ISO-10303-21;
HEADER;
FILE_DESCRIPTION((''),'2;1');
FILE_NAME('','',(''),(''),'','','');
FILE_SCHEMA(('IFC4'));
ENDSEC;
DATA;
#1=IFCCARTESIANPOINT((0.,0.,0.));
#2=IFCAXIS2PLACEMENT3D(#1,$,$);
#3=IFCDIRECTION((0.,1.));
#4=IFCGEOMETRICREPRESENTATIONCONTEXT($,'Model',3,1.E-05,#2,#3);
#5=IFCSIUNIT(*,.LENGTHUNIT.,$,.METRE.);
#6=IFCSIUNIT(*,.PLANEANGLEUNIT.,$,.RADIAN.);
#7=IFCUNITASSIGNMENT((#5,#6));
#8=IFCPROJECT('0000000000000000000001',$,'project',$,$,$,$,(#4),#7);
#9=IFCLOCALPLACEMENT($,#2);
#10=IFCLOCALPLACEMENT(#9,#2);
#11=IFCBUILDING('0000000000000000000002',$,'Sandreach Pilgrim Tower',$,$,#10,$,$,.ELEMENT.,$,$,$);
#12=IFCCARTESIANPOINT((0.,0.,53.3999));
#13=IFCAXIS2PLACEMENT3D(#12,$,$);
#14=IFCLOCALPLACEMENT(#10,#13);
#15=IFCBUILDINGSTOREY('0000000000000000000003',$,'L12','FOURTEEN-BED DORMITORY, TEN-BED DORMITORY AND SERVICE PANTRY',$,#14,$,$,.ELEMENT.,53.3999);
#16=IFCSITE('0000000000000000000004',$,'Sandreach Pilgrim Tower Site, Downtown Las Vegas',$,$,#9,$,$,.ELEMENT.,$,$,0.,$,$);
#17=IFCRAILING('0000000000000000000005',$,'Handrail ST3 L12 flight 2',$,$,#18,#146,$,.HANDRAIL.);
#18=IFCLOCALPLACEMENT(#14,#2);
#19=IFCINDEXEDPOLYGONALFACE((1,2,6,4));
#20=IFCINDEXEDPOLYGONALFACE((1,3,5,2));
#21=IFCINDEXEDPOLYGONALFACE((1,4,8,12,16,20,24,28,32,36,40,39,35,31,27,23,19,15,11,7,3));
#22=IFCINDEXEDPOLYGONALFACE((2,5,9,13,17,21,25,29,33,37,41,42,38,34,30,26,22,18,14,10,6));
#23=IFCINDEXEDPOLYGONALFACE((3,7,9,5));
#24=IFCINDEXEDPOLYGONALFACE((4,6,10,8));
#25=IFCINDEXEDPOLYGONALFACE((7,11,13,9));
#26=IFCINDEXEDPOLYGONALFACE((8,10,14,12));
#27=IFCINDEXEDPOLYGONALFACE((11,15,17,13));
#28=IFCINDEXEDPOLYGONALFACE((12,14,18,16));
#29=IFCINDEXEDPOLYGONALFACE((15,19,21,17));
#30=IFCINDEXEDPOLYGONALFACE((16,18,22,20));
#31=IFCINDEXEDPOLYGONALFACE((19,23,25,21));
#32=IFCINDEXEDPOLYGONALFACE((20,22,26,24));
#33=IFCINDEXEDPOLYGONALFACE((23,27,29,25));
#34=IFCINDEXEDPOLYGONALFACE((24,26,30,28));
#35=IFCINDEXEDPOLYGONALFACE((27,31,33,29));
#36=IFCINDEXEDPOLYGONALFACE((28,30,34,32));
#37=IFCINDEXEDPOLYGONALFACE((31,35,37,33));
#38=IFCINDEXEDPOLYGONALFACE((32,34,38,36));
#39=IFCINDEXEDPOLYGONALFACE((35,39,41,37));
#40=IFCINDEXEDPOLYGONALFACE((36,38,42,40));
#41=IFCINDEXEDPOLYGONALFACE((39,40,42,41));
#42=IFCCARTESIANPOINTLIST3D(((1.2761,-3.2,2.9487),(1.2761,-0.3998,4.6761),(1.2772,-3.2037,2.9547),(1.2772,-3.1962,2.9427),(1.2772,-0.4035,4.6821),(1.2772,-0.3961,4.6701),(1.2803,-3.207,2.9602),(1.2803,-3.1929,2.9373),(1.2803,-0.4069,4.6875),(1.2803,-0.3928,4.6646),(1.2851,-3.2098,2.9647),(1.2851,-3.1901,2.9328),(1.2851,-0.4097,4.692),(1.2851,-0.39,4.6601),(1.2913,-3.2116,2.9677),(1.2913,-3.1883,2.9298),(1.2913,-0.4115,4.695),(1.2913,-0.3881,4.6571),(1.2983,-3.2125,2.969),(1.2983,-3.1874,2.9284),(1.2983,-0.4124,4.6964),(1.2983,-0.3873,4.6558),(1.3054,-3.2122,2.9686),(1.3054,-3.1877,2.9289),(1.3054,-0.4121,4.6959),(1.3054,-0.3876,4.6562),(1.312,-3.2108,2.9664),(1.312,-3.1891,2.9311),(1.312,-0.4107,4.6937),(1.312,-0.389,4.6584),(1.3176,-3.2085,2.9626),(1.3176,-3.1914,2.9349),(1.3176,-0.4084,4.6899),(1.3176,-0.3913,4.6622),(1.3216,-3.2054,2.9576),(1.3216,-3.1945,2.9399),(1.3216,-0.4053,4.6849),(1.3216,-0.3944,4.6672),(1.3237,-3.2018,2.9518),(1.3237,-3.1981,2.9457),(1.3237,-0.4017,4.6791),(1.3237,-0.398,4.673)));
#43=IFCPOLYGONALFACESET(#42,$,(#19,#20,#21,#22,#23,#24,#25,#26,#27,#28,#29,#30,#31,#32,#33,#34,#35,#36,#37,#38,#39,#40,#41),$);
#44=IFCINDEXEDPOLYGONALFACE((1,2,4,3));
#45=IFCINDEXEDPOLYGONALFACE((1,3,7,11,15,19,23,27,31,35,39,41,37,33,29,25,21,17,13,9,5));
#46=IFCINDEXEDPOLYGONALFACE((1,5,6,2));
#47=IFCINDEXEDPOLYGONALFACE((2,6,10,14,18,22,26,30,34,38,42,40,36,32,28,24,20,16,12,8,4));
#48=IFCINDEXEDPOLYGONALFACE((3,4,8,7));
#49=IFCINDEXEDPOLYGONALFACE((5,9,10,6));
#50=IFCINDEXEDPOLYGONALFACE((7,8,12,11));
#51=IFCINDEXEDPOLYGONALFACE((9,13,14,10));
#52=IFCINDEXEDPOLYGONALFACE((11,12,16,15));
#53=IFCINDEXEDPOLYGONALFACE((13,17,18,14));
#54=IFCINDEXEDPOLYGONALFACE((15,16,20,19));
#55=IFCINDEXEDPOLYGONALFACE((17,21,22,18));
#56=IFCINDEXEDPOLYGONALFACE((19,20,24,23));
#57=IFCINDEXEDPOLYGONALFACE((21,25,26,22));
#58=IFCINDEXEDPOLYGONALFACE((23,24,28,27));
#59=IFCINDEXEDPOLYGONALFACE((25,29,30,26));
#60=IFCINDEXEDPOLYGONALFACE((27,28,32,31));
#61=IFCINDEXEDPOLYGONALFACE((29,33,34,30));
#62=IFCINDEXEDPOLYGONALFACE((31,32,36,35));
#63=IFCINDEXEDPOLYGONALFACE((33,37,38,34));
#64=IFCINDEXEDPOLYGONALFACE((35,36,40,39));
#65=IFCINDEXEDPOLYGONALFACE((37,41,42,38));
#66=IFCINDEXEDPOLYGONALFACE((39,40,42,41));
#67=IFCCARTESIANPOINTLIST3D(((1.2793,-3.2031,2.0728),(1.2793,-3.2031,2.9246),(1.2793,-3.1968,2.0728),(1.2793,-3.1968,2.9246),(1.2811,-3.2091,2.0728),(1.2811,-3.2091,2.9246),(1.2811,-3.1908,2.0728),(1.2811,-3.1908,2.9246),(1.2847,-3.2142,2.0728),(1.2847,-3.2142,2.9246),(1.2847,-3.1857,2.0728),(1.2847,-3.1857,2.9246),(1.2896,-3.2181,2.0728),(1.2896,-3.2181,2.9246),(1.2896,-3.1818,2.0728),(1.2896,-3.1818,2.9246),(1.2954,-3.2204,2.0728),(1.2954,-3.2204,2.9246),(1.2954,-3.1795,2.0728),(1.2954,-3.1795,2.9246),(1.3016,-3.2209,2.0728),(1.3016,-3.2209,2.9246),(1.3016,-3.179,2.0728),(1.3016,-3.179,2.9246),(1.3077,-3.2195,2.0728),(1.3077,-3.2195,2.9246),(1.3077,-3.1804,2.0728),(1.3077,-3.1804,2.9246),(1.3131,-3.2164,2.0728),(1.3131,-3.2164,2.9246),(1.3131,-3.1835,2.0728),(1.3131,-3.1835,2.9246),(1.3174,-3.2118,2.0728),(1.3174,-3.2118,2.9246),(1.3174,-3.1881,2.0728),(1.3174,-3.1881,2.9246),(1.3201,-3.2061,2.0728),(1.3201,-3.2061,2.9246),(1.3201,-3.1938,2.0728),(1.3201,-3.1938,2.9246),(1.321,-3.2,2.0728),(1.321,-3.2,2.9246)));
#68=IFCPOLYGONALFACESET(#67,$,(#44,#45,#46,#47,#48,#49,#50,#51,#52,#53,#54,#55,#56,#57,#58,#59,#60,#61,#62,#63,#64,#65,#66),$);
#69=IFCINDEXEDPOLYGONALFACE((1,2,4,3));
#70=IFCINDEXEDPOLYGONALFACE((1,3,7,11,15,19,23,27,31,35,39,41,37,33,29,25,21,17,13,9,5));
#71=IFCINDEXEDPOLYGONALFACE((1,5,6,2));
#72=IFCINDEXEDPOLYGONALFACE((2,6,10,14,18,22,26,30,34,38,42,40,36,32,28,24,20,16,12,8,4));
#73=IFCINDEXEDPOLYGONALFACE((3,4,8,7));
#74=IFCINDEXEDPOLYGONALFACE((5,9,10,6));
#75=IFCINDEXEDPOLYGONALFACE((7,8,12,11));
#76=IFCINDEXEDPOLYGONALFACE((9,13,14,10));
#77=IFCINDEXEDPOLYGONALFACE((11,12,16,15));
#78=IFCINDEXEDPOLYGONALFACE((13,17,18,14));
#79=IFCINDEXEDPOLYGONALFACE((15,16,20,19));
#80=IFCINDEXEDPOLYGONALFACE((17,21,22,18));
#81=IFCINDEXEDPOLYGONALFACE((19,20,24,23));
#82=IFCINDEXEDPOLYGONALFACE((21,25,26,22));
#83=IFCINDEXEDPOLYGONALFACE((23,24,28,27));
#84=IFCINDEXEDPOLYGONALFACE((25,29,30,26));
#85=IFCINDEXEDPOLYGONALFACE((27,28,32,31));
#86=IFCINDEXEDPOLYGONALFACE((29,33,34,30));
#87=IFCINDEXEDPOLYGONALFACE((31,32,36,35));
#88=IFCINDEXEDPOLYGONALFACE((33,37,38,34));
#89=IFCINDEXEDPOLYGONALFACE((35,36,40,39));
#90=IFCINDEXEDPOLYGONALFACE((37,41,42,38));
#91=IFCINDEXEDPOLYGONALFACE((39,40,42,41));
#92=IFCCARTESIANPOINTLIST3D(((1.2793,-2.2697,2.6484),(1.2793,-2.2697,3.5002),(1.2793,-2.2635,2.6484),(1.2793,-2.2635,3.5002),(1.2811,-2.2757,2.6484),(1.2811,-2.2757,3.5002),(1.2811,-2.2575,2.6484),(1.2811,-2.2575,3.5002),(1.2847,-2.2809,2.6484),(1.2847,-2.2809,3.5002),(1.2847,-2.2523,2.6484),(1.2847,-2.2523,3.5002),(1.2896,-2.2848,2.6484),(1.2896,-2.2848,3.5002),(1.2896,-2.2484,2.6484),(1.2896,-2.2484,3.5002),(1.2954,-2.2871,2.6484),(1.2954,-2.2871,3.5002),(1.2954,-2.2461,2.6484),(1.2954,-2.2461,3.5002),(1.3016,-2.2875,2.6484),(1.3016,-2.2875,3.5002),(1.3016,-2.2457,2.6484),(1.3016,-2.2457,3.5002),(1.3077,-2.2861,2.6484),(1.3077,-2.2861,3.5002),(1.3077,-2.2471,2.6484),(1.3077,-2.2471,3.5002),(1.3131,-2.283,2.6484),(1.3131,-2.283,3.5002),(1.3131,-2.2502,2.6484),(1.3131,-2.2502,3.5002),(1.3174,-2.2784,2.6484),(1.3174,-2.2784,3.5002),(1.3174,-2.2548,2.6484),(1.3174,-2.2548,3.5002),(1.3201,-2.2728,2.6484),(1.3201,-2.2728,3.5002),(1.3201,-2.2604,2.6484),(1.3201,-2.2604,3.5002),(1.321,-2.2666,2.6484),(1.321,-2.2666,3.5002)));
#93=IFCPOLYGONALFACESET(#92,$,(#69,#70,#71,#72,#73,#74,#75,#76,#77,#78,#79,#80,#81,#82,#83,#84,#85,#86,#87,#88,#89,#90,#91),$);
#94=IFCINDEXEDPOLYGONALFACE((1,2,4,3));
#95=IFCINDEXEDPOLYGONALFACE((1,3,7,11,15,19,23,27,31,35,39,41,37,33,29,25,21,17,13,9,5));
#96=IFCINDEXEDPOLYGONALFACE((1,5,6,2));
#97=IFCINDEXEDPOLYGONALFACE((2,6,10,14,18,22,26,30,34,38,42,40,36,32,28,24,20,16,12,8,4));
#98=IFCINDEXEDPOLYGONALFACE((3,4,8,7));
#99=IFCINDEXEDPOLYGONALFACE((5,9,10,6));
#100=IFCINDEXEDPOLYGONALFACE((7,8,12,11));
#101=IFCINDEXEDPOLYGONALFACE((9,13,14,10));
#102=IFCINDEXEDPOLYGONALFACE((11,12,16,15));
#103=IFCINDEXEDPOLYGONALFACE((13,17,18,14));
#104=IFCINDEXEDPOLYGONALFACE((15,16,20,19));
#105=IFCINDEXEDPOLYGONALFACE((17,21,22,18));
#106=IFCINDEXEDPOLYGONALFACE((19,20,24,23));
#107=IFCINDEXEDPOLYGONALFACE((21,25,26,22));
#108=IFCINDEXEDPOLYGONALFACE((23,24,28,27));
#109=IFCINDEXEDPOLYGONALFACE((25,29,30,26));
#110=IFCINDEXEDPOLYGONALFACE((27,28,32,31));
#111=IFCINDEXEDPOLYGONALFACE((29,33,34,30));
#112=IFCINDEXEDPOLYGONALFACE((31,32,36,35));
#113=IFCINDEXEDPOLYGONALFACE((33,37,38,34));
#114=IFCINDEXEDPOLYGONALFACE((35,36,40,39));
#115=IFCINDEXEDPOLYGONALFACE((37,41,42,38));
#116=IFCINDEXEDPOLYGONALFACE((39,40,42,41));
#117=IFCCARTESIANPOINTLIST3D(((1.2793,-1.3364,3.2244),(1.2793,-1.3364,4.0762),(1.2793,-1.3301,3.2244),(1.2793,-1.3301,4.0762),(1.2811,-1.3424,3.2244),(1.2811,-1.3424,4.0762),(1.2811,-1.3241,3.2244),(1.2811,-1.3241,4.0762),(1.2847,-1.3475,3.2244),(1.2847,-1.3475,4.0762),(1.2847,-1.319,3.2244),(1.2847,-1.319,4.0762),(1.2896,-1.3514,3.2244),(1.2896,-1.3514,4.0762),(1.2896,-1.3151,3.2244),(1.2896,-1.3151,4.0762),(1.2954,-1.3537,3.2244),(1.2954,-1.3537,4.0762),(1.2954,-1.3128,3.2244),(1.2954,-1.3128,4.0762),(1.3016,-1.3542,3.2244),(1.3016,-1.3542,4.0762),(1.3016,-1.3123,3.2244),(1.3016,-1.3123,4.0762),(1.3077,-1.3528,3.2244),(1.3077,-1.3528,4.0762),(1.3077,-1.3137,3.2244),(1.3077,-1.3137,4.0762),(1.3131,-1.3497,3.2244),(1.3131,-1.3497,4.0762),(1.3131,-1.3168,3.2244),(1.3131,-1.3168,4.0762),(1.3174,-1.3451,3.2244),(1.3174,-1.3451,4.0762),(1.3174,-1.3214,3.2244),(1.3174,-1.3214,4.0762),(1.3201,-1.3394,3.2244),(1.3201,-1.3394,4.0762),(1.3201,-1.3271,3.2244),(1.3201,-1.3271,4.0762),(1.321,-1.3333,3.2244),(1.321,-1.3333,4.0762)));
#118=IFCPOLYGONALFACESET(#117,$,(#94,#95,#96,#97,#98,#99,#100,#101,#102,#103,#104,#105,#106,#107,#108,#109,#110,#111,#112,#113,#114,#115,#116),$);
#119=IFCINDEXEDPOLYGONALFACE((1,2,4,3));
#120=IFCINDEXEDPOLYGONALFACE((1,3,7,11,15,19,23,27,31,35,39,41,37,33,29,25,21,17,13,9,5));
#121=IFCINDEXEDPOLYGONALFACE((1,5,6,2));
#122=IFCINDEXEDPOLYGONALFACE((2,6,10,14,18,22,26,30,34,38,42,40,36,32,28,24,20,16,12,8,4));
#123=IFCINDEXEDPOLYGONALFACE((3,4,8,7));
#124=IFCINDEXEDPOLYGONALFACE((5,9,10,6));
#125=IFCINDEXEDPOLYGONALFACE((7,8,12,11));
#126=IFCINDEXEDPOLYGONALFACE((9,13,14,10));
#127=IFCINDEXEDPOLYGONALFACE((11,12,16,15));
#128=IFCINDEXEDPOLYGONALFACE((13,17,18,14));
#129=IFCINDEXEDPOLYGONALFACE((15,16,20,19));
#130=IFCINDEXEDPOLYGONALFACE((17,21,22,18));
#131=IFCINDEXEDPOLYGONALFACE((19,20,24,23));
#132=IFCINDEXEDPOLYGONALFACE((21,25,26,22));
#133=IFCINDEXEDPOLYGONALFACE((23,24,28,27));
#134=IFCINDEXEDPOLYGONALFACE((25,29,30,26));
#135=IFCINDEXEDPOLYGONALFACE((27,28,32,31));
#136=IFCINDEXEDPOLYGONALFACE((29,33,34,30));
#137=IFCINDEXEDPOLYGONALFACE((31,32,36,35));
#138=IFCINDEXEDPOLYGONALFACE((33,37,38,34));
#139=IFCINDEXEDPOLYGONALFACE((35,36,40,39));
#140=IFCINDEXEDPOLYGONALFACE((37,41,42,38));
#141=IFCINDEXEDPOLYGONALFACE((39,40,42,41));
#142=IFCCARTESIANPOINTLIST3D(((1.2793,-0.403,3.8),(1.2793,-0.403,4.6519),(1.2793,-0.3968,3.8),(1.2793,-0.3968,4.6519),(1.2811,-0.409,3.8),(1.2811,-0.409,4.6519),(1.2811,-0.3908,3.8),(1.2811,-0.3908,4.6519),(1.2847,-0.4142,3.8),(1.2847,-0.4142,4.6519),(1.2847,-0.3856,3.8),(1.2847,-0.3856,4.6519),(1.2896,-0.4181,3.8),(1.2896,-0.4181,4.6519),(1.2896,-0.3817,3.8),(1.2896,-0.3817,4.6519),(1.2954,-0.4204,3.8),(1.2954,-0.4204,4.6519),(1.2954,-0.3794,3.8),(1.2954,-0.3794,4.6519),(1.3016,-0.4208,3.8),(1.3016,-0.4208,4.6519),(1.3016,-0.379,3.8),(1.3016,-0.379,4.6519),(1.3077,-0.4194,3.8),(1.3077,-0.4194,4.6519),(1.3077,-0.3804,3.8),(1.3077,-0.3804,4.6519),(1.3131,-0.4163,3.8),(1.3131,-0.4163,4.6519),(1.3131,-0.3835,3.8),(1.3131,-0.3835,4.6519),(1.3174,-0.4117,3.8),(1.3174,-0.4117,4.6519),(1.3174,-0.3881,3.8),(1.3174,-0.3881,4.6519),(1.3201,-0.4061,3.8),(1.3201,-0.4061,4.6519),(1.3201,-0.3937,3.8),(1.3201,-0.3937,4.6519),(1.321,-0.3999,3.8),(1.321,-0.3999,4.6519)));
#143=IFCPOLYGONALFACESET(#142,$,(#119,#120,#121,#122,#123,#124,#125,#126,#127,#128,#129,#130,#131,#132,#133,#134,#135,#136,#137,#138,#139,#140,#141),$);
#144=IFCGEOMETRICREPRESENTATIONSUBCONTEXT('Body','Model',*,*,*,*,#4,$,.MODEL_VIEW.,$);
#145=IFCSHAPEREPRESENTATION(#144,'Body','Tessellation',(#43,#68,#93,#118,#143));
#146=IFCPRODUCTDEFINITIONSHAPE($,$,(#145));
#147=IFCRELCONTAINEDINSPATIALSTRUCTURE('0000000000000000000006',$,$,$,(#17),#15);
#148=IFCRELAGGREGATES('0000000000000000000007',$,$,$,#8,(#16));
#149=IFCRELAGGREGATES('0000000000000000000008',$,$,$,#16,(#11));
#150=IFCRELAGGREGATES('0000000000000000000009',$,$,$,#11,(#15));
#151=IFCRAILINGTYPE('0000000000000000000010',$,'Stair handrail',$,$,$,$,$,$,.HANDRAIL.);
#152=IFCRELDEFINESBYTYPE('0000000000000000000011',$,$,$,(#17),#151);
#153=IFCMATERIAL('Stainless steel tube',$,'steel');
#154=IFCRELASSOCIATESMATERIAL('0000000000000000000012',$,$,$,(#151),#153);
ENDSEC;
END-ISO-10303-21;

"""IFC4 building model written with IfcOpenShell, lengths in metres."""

from ifc_helpers import new_model, si_unit, direction, frame, origin, origin_2d, place, context, subcontext, project, spatial, circle, extrude, material, type_object, element, save


model = new_model("IFC4")

# Units and contexts
model_context = context("Model", 3, precision=1e-05, world=origin(), true_north=direction((0.0, 1.0)))
body_context = subcontext(model_context, "Body", "Model", "MODEL_VIEW")
ifc_project = project(units=[si_unit("LENGTHUNIT", "METRE"), si_unit("PLANEANGLEUNIT", "RADIAN")], contexts=[model_context])

# Site, building, storey
site_placement = place(None, origin())
site = spatial("IfcSite", under=ifc_project, at=site_placement, Name="Sandreach Pilgrim Tower Site, Downtown Las Vegas", CompositionType="ELEMENT", RefElevation=0.0)
building_placement = place(site_placement, origin())
building = spatial("IfcBuilding", under=site, at=building_placement, Name="Sandreach Pilgrim Tower", CompositionType="ELEMENT")
storey_placement = place(building_placement, frame((0.0, 0.0, 53.3999)))
storey = spatial("IfcBuildingStorey", under=building, at=storey_placement, Name="L12", Description="FOURTEEN-BED DORMITORY, TEN-BED DORMITORY AND SERVICE PANTRY", CompositionType="ELEMENT", Elevation=53.3999)

# Railing
ifc_material_1 = material(Name="Stainless steel tube", Category="steel")
railing_type = type_object("IfcRailingType", Name="Stair handrail", PredefinedType="HANDRAIL", material=ifc_material_1)
for number, where, name in (
    (1, (1.3, -3.2, 2.0728), "Handrail ST3 L12 flight 2"),
):
    element("IfcRailing", number, at=place(storey_placement, frame(where)), inside=storey, type_object=railing_type, Name=name, PredefinedType="HANDRAIL", context=body_context, shape_type="SweptSolid", body=[
        extrude(circle(Radius=0.0239, at=origin_2d()), frame((0.0, 0.0, 0.876), z_axis=(0.0, 0.85109, 0.52502), x_axis=(-1.0, 0.0, 0.0)), (0.0, 0.0, 1.0), 3.29),
        extrude(circle(Radius=0.021, at=origin_2d()), origin(), (0.0, 0.0, 1.0), 0.8518),
        extrude(circle(Radius=0.021, at=origin_2d()), frame((0.0, 0.9333, 0.5757)), (0.0, 0.0, 1.0), 0.8518),
        extrude(circle(Radius=0.021, at=origin_2d()), frame((0.0, 1.8667, 1.1516)), (0.0, 0.0, 1.0), 0.8518),
        extrude(circle(Radius=0.021, at=origin_2d()), frame((0.0, 2.8, 1.7273)), (0.0, 0.0, 1.0), 0.8518),
    ])

save(model, "model.ifc")
